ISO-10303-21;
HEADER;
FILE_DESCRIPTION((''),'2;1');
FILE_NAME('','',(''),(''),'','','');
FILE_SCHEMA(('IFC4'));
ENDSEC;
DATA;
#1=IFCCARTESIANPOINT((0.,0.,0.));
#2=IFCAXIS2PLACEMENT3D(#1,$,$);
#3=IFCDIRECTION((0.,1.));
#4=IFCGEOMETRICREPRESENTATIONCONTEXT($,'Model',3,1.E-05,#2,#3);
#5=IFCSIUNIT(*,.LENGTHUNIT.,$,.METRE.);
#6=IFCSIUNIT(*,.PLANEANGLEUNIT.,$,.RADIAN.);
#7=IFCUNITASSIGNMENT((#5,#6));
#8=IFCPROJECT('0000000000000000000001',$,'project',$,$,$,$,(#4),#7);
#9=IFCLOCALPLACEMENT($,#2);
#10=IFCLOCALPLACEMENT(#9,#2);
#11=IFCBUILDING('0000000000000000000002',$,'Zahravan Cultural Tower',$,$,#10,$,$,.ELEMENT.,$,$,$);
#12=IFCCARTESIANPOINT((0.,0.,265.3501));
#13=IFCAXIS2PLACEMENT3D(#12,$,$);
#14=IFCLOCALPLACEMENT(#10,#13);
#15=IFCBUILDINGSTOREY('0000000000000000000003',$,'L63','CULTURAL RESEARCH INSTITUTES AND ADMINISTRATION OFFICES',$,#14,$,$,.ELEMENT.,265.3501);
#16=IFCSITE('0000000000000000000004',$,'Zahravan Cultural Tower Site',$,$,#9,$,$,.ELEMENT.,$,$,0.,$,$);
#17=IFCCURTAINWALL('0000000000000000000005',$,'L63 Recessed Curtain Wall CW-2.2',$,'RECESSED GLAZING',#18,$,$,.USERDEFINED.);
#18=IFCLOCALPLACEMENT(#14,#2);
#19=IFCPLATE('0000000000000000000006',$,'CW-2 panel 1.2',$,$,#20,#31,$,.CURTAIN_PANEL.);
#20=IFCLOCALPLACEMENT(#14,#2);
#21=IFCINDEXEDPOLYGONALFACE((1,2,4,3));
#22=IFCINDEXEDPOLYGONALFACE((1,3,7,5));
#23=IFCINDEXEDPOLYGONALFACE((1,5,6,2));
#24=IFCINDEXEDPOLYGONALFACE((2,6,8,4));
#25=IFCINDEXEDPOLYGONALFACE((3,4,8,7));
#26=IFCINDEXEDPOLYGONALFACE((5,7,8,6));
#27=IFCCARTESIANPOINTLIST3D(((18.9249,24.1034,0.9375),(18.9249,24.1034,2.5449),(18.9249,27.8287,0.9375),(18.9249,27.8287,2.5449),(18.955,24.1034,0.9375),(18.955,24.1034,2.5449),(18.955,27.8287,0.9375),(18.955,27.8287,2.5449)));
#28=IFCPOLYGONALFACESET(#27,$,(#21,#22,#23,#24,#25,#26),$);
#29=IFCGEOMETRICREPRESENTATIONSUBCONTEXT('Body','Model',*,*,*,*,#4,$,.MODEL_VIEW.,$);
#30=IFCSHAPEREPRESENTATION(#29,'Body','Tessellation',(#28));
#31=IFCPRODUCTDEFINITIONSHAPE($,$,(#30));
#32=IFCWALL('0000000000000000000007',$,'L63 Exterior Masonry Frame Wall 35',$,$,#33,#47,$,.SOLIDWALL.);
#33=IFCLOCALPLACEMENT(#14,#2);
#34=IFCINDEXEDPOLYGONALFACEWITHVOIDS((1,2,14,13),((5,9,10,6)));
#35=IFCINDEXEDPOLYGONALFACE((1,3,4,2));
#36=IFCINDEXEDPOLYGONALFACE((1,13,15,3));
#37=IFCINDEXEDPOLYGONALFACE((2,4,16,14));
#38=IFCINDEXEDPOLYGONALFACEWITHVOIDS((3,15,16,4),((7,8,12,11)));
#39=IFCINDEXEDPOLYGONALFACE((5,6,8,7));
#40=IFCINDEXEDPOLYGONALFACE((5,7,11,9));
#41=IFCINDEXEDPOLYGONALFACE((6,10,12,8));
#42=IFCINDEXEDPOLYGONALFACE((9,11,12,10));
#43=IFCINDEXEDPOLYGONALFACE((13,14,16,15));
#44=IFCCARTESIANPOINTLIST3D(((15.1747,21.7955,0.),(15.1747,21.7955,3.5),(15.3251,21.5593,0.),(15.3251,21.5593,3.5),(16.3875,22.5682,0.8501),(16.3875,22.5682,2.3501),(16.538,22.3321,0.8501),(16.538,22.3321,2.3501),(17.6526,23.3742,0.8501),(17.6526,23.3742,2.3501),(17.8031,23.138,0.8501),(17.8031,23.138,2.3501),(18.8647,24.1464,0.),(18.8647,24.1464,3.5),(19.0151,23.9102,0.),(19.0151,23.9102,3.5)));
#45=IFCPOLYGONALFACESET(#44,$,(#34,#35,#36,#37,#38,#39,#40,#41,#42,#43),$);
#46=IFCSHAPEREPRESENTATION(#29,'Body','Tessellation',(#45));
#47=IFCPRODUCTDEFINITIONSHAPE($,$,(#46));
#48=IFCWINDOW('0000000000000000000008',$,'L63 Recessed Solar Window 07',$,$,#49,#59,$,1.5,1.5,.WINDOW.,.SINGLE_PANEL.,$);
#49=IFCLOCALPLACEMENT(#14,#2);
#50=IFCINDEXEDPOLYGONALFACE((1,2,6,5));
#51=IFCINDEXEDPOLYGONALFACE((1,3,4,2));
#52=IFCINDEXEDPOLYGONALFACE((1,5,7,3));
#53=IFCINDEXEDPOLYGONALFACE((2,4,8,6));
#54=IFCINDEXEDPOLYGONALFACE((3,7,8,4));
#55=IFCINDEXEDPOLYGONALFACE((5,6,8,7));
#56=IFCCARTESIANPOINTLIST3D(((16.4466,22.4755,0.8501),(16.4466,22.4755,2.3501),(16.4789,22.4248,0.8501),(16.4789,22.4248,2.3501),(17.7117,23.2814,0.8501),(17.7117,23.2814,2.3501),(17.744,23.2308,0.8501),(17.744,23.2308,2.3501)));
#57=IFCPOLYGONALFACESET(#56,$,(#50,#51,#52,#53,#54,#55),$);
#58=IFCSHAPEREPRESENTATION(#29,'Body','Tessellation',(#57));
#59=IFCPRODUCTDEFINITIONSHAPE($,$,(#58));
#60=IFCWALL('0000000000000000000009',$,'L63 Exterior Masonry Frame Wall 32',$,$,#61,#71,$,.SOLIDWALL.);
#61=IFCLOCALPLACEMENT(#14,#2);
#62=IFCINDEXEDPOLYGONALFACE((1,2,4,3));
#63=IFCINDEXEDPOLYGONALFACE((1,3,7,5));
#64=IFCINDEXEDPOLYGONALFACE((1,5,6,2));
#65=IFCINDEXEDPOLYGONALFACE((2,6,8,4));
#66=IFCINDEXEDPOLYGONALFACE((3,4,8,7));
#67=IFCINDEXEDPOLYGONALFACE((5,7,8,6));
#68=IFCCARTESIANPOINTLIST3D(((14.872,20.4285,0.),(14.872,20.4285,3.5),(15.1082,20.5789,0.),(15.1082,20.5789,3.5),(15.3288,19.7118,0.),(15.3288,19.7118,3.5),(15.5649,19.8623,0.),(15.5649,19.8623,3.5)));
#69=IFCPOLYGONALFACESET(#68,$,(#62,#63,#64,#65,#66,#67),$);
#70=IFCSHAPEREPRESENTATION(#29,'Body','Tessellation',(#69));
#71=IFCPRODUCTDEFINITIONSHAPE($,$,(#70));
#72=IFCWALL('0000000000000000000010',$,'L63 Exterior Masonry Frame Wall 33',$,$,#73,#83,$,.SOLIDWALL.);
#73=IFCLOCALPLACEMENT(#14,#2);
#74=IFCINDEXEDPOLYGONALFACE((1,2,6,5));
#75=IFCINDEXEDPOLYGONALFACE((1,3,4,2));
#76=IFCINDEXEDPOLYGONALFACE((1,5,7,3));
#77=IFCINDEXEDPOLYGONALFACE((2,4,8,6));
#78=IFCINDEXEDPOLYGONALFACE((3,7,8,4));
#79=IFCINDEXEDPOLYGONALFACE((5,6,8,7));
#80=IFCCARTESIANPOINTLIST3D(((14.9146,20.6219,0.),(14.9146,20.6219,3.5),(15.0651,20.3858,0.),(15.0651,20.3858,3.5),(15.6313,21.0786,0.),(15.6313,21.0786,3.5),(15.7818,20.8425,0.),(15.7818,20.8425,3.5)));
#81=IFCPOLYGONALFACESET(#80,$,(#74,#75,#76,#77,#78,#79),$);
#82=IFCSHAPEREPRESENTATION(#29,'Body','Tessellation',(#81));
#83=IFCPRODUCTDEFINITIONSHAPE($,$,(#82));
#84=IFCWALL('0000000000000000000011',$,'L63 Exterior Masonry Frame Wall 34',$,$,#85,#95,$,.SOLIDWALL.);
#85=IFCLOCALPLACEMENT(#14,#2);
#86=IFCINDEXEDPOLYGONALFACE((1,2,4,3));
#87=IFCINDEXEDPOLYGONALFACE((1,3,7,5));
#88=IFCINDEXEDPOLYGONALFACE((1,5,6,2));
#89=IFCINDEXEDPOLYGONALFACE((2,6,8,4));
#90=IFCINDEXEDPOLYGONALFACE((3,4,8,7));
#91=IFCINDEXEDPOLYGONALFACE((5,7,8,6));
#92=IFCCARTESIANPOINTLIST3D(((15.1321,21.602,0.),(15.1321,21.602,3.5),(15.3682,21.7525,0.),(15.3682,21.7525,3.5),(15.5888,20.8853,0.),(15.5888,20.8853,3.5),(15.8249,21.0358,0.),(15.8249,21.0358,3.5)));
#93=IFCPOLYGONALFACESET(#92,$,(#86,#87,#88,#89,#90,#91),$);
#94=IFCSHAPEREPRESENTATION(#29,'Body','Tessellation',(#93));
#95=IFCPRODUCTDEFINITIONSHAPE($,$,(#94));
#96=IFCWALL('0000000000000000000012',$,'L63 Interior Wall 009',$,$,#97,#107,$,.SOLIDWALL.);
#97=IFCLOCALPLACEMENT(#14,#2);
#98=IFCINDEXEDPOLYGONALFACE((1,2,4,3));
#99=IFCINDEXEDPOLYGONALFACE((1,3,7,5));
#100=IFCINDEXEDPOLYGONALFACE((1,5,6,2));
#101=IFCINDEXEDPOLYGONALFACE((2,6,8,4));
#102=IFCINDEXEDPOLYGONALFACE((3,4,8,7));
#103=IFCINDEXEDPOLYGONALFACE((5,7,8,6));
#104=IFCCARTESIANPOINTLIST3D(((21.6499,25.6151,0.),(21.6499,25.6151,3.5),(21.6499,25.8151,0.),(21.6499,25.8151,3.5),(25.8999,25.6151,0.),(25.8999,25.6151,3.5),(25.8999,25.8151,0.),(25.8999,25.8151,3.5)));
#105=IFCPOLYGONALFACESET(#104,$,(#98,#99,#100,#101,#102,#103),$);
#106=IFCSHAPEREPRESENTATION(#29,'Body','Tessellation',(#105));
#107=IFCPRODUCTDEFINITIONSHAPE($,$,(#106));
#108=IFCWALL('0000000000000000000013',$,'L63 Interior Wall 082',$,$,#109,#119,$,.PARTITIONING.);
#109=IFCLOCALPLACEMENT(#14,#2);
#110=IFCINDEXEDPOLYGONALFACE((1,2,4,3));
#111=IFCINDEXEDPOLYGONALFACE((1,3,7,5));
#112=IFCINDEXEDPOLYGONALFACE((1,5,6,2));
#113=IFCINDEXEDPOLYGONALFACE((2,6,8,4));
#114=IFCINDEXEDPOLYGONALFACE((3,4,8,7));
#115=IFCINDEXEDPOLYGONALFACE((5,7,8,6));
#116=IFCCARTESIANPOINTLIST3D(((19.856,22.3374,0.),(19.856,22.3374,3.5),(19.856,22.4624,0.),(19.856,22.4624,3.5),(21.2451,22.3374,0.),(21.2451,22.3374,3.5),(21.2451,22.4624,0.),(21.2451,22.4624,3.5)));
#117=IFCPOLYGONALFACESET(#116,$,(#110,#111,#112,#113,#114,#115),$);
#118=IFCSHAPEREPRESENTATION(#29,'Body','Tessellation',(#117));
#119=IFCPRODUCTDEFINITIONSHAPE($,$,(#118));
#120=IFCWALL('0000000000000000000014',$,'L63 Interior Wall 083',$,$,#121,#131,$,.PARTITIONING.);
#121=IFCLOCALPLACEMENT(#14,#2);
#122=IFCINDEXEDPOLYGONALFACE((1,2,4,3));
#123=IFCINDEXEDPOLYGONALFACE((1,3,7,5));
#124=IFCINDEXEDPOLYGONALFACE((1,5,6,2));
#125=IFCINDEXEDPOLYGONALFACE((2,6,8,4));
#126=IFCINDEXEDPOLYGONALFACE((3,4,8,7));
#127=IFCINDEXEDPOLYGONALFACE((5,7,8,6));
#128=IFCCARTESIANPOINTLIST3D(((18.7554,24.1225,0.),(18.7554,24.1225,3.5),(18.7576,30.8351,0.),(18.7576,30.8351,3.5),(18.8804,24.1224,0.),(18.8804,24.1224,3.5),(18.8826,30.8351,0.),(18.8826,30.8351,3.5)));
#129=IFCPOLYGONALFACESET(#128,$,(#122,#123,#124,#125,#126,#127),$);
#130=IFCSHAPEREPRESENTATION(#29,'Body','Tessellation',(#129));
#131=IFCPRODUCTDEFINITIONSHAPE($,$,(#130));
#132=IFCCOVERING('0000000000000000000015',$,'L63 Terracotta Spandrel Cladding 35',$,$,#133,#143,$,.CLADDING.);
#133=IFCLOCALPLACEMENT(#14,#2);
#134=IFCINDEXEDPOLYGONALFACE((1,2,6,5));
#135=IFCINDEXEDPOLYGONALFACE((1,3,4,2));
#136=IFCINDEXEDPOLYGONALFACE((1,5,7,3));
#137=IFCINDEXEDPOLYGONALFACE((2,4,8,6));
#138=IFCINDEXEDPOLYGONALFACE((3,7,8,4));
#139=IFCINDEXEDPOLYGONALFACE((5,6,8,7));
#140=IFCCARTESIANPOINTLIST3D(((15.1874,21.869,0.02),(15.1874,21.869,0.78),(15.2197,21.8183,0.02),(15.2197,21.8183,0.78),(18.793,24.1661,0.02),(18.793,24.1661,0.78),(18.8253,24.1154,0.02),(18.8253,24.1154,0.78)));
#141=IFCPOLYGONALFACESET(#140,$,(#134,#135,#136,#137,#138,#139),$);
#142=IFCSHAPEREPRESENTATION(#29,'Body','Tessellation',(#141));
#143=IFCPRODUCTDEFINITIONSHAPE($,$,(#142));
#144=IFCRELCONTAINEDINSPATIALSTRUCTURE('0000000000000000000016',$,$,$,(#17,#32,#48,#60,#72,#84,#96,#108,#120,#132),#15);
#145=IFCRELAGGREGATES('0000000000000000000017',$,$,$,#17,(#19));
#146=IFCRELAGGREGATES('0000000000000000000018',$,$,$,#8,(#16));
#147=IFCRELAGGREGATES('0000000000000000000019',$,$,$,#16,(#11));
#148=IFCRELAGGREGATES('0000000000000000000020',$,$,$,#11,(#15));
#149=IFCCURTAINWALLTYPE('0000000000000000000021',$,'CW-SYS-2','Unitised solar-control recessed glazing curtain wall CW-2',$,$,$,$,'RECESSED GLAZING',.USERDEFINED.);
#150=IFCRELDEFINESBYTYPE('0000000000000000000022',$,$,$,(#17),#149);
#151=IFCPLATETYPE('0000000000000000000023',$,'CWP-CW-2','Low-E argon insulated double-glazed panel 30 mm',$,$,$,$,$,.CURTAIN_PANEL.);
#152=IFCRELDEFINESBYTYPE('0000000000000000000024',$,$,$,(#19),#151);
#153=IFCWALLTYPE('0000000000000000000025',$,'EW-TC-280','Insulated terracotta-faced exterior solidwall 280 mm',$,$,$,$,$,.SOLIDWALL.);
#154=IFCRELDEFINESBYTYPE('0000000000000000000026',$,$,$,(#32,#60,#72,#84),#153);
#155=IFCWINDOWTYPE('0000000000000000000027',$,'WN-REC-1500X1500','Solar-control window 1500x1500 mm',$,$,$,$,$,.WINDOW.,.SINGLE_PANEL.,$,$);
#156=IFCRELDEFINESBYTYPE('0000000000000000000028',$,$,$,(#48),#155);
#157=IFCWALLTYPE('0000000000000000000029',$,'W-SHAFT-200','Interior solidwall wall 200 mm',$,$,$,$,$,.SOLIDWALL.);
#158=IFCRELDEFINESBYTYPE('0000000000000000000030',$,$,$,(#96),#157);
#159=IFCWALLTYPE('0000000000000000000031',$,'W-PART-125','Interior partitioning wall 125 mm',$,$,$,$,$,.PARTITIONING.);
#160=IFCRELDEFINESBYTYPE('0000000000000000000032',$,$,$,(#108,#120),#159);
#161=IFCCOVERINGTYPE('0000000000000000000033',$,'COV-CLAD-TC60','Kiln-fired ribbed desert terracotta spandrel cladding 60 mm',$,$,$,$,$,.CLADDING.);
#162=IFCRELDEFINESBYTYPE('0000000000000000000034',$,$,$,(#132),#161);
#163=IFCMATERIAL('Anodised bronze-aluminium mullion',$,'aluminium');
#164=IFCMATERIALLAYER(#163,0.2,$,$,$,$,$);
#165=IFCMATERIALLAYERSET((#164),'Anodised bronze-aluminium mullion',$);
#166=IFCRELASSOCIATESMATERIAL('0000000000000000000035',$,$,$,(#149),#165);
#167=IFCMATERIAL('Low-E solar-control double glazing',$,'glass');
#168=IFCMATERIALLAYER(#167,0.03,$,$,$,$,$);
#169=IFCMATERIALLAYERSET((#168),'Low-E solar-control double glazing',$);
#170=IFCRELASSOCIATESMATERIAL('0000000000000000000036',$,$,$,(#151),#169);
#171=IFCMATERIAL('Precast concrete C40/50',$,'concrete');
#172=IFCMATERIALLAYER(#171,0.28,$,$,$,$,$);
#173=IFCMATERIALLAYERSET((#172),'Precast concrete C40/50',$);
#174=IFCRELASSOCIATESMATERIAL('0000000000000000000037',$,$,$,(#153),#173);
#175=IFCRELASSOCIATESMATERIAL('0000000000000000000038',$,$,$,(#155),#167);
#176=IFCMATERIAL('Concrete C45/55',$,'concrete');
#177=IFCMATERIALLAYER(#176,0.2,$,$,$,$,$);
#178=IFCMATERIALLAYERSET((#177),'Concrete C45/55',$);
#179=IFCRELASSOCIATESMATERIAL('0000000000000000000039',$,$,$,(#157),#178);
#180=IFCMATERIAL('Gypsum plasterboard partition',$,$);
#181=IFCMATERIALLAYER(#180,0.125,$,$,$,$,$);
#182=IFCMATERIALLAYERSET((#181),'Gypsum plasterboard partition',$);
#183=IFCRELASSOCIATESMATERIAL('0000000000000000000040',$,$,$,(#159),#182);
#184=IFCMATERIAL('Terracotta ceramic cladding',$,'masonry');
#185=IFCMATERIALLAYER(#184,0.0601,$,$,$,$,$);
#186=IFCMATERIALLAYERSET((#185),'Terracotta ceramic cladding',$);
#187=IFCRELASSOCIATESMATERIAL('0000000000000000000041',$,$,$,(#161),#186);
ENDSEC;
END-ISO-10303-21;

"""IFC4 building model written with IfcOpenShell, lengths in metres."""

from ifc_helpers import new_model, si_unit, direction, frame, frame_2d, origin, origin_2d, place, context, subcontext, project, spatial, rectangle, extrude, source, transform, mapped, material, layer, layer_set, type_object, element, fill, aggregate, save


model = new_model("IFC4")

# Units and contexts
model_context = context("Model", 3, precision=1e-05, world=origin(), true_north=direction((0.0, 1.0)))
body_context = subcontext(model_context, "Body", "Model", "MODEL_VIEW")
ifc_project = project(units=[si_unit("LENGTHUNIT", "METRE"), si_unit("PLANEANGLEUNIT", "RADIAN")], contexts=[model_context])

# Site, building, storey
site_placement = place(None, origin())
site = spatial("IfcSite", under=ifc_project, at=site_placement, Name="Zahravan Cultural Tower Site", CompositionType="ELEMENT", RefElevation=0.0)
building_placement = place(site_placement, origin())
building = spatial("IfcBuilding", under=site, at=building_placement, Name="Zahravan Cultural Tower", CompositionType="ELEMENT")
storey_placement = place(building_placement, frame((0.0, 0.0, 265.3501)))
storey = spatial("IfcBuildingStorey", under=building, at=storey_placement, Name="L63", Description="CULTURAL RESEARCH INSTITUTES AND ADMINISTRATION OFFICES", CompositionType="ELEMENT", Elevation=265.3501)

# Curtain wall, plate
ifc_material_1 = material(Name="Anodised bronze-aluminium mullion", Category="aluminium")
ifc_layer_1 = layer(ifc_material_1, 0.2)
ifc_layer_set_1 = layer_set([ifc_layer_1], Name="Anodised bronze-aluminium mullion")
curtain_wall_type = type_object("IfcCurtainWallType", Name="CW-SYS-2", Description="Unitised solar-control recessed glazing curtain wall CW-2", ElementType="RECESSED GLAZING", PredefinedType="USERDEFINED", material=ifc_layer_set_1)
curtain_wall_placement = place(storey_placement, origin())
curtain_wall = element("IfcCurtainWall", 1, at=curtain_wall_placement, inside=storey, type_object=curtain_wall_type, Name="L63 Recessed Curtain Wall CW-2.2", ObjectType="RECESSED GLAZING", PredefinedType="USERDEFINED")
ifc_material_2 = material(Name="Low-E solar-control double glazing", Category="glass")
ifc_layer_2 = layer(ifc_material_2, 0.03)
ifc_layer_set_2 = layer_set([ifc_layer_2], Name="Low-E solar-control double glazing")
plate_type = type_object("IfcPlateType", Name="CWP-CW-2", Description="Low-E argon insulated double-glazed panel 30 mm", PredefinedType="CURTAIN_PANEL", material=ifc_layer_set_2)
shared_shape_1 = source(origin(), body_context, "Body", "SweptSolid", [
    extrude(rectangle(XDim=3.7253, YDim=0.03, at=origin_2d()), origin(), (0.0, 0.0, 1.0), 1.6074),
])
plate_1_placement = place(storey_placement, frame((18.9399, 25.9661, 0.9375), z_axis=(0.0, 0.0, 1.0), x_axis=(0.0, 1.0, 0.0)))
plate_1 = element("IfcPlate", 2, at=plate_1_placement, type_object=plate_type, Name="CW-2 panel 1.2", PredefinedType="CURTAIN_PANEL", context=body_context, shape_type="MappedRepresentation", body=[
    mapped(shared_shape_1, transform((0.0, 0.0, 0.0), x_axis=(1.0, 0.0, 0.0), y_axis=(0.0, 1.0, 0.0), z_axis=(0.0, 0.0, 1.0), scale=1.0)),
])
aggregate(curtain_wall, [plate_1])

# Wall, opening, window
ifc_material_3 = material(Name="Precast concrete C40/50", Category="concrete")
ifc_layer_3 = layer(ifc_material_3, 0.28)
ifc_layer_set_3 = layer_set([ifc_layer_3], Name="Precast concrete C40/50")
wall_type_1 = type_object("IfcWallType", Name="EW-TC-280", Description="Insulated terracotta-faced exterior solidwall 280 mm", PredefinedType="SOLIDWALL", material=ifc_layer_set_3)
wall_1_placement = place(storey_placement, frame((15.25, 21.6775, 0.0), z_axis=(0.0, 0.0, 1.0), x_axis=(0.843383, 0.537312, 0.0)))
wall_1 = element("IfcWall", 3, at=wall_1_placement, inside=storey, type_object=wall_type_1, Name="L63 Exterior Masonry Frame Wall 35", PredefinedType="SOLIDWALL", context=body_context, shape_type="SweptSolid", body=[
    extrude(rectangle(XDim=4.3752, YDim=0.28, at=frame_2d((2.1875, 0.0))), origin(), (0.0, 0.0, 1.0), 3.5),
])
opening_placement = place(wall_1_placement, frame((1.438, 0.0, 0.8501)))
opening = element("IfcOpeningElement", 4, at=opening_placement, cuts=wall_1, PredefinedType="OPENING", context=body_context, shape_type="SweptSolid", body=[
    extrude(rectangle(XDim=1.5, YDim=1.5, at=frame_2d((0.75, 0.75))), frame((0.0, 0.1499, 0.0), z_axis=(0.0, -1.0, 0.0), x_axis=(1.0, 0.0, 0.0)), (0.0, 0.0, 1.0), 0.3),
])
window_type = type_object("IfcWindowType", Name="WN-REC-1500X1500", Description="Solar-control window 1500x1500 mm", PartitioningType="SINGLE_PANEL", PredefinedType="WINDOW", material=ifc_material_2)
shared_shape_2 = source(origin(), body_context, "Body", "SweptSolid", [
    extrude(rectangle(XDim=1.5, YDim=1.5, at=frame_2d((0.75, 0.75))), frame((0.0, 0.03, 0.0), z_axis=(0.0, -1.0, 0.0), x_axis=(1.0, 0.0, 0.0)), (0.0, 0.0, 1.0), 0.0601),
])
window_placement = place(opening_placement, origin())
window = element("IfcWindow", 5, at=window_placement, inside=storey, type_object=window_type, Name="L63 Recessed Solar Window 07", OverallHeight=1.5, OverallWidth=1.5, PartitioningType="SINGLE_PANEL", PredefinedType="WINDOW", context=body_context, shape_type="MappedRepresentation", body=[
    mapped(shared_shape_2, transform((0.0, 0.0, 0.0), x_axis=(1.0, 0.0, 0.0), y_axis=(0.0, 1.0, 0.0), z_axis=(0.0, 0.0, 1.0), scale=1.0)),
])
fill(opening, window)

# Walls
shared_shape_3 = source(origin(), body_context, "Body", "SweptSolid", [
    extrude(rectangle(XDim=0.8499, YDim=0.28, at=frame_2d((0.4248, 0.0))), origin(), (0.0, 0.0, 1.0), 3.5),
])
for number, where, z_axis, x_axis, name in (
    (6, (15.4468, 19.7871, 0.0), (0.0, 0.0, 1.0), (-0.537414, 0.843318, 0.0), "L63 Exterior Masonry Frame Wall 32"),
    (7, (14.99, 20.5039, 0.0), (0.0, 0.0, 1.0), (0.843318, 0.537414, 0.0), "L63 Exterior Masonry Frame Wall 33"),
    (8, (15.7068, 20.9607, 0.0), (0.0, 0.0, 1.0), (-0.537414, 0.843318, 0.0), "L63 Exterior Masonry Frame Wall 34"),
):
    element("IfcWall", number, at=place(storey_placement, frame(where, z_axis=z_axis, x_axis=x_axis)), inside=storey, type_object=wall_type_1, Name=name, PredefinedType="SOLIDWALL", context=body_context, shape_type="MappedRepresentation", body=[
        mapped(shared_shape_3, transform((0.0, 0.0, 0.0), x_axis=(1.0, 0.0, 0.0), y_axis=(0.0, 1.0, 0.0), z_axis=(0.0, 0.0, 1.0), scale=1.0)),
    ])
ifc_material_4 = material(Name="Concrete C45/55", Category="concrete")
ifc_layer_4 = layer(ifc_material_4, 0.2)
ifc_layer_set_4 = layer_set([ifc_layer_4], Name="Concrete C45/55")
wall_type_2 = type_object("IfcWallType", Name="W-SHAFT-200", Description="Interior solidwall wall 200 mm", PredefinedType="SOLIDWALL", material=ifc_layer_set_4)
shared_shape_4 = source(origin(), body_context, "Body", "SweptSolid", [
    extrude(rectangle(XDim=4.25, YDim=0.2, at=frame_2d((2.125, 0.0))), origin(), (0.0, 0.0, 1.0), 3.5),
])
wall_2_placement = place(storey_placement, frame((21.6499, 25.7151, 0.0), z_axis=(0.0, 0.0, 1.0), x_axis=(1.0, 0.0, 0.0)))
element("IfcWall", 9, at=wall_2_placement, inside=storey, type_object=wall_type_2, Name="L63 Interior Wall 009", PredefinedType="SOLIDWALL", context=body_context, shape_type="MappedRepresentation", body=[
    mapped(shared_shape_4, transform((0.0, 0.0, 0.0), x_axis=(1.0, 0.0, 0.0), y_axis=(0.0, 1.0, 0.0), z_axis=(0.0, 0.0, 1.0), scale=1.0)),
])
ifc_material_5 = material(Name="Gypsum plasterboard partition")
ifc_layer_5 = layer(ifc_material_5, 0.125)
ifc_layer_set_5 = layer_set([ifc_layer_5], Name="Gypsum plasterboard partition")
wall_type_3 = type_object("IfcWallType", Name="W-PART-125", Description="Interior partitioning wall 125 mm", PredefinedType="PARTITIONING", material=ifc_layer_set_5)
shared_shape_5 = source(origin(), body_context, "Body", "SweptSolid", [
    extrude(rectangle(XDim=1.3892, YDim=0.125, at=frame_2d((0.6946, 0.0))), origin(), (0.0, 0.0, 1.0), 3.5),
])
wall_3_placement = place(storey_placement, frame((19.856, 22.3999, 0.0), z_axis=(0.0, 0.0, 1.0), x_axis=(1.0, 0.0, 0.0)))
element("IfcWall", 10, at=wall_3_placement, inside=storey, type_object=wall_type_3, Name="L63 Interior Wall 082", PredefinedType="PARTITIONING", context=body_context, shape_type="MappedRepresentation", body=[
    mapped(shared_shape_5, transform((0.0, 0.0, 0.0), x_axis=(1.0, 0.0, 0.0), y_axis=(0.0, 1.0, 0.0), z_axis=(0.0, 0.0, 1.0), scale=1.0)),
])
shared_shape_6 = source(origin(), body_context, "Body", "SweptSolid", [
    extrude(rectangle(XDim=6.7126, YDim=0.125, at=frame_2d((3.3564, 0.0))), origin(), (0.0, 0.0, 1.0), 3.5),
])
wall_4_placement = place(storey_placement, frame((18.8179, 24.1223, 0.0), z_axis=(0.0, 0.0, 1.0), x_axis=(0.000327, 1.0, 0.0)))
element("IfcWall", 11, at=wall_4_placement, inside=storey, type_object=wall_type_3, Name="L63 Interior Wall 083", PredefinedType="PARTITIONING", context=body_context, shape_type="MappedRepresentation", body=[
    mapped(shared_shape_6, transform((0.0, 0.0, 0.0), x_axis=(1.0, 0.0, 0.0), y_axis=(0.0, 1.0, 0.0), z_axis=(0.0, 0.0, 1.0), scale=1.0)),
])

# Covering
ifc_material_6 = material(Name="Terracotta ceramic cladding", Category="masonry")
ifc_layer_6 = layer(ifc_material_6, 0.0601)
ifc_layer_set_6 = layer_set([ifc_layer_6], Name="Terracotta ceramic cladding")
covering_type = type_object("IfcCoveringType", Name="COV-CLAD-TC60", Description="Kiln-fired ribbed desert terracotta spandrel cladding 60 mm", PredefinedType="CLADDING", material=ifc_layer_set_6)
shared_shape_7 = source(origin(), body_context, "Body", "SweptSolid", [
    extrude(rectangle(XDim=4.2751, YDim=0.0601, at=origin_2d()), origin(), (0.0, 0.0, 1.0), 0.76),
])
covering_placement = place(storey_placement, frame((17.0063, 22.9922, 0.02), z_axis=(0.0, 0.0, 1.0), x_axis=(0.843382, 0.537314, 0.0)))
element("IfcCovering", 12, at=covering_placement, inside=storey, type_object=covering_type, Name="L63 Terracotta Spandrel Cladding 35", PredefinedType="CLADDING", context=body_context, shape_type="MappedRepresentation", body=[
    mapped(shared_shape_7, transform((0.0, 0.0, 0.0), x_axis=(1.0, 0.0, 0.0), y_axis=(0.0, 1.0, 0.0), z_axis=(0.0, 0.0, 1.0), scale=1.0)),
])

save(model, "model.ifc")
